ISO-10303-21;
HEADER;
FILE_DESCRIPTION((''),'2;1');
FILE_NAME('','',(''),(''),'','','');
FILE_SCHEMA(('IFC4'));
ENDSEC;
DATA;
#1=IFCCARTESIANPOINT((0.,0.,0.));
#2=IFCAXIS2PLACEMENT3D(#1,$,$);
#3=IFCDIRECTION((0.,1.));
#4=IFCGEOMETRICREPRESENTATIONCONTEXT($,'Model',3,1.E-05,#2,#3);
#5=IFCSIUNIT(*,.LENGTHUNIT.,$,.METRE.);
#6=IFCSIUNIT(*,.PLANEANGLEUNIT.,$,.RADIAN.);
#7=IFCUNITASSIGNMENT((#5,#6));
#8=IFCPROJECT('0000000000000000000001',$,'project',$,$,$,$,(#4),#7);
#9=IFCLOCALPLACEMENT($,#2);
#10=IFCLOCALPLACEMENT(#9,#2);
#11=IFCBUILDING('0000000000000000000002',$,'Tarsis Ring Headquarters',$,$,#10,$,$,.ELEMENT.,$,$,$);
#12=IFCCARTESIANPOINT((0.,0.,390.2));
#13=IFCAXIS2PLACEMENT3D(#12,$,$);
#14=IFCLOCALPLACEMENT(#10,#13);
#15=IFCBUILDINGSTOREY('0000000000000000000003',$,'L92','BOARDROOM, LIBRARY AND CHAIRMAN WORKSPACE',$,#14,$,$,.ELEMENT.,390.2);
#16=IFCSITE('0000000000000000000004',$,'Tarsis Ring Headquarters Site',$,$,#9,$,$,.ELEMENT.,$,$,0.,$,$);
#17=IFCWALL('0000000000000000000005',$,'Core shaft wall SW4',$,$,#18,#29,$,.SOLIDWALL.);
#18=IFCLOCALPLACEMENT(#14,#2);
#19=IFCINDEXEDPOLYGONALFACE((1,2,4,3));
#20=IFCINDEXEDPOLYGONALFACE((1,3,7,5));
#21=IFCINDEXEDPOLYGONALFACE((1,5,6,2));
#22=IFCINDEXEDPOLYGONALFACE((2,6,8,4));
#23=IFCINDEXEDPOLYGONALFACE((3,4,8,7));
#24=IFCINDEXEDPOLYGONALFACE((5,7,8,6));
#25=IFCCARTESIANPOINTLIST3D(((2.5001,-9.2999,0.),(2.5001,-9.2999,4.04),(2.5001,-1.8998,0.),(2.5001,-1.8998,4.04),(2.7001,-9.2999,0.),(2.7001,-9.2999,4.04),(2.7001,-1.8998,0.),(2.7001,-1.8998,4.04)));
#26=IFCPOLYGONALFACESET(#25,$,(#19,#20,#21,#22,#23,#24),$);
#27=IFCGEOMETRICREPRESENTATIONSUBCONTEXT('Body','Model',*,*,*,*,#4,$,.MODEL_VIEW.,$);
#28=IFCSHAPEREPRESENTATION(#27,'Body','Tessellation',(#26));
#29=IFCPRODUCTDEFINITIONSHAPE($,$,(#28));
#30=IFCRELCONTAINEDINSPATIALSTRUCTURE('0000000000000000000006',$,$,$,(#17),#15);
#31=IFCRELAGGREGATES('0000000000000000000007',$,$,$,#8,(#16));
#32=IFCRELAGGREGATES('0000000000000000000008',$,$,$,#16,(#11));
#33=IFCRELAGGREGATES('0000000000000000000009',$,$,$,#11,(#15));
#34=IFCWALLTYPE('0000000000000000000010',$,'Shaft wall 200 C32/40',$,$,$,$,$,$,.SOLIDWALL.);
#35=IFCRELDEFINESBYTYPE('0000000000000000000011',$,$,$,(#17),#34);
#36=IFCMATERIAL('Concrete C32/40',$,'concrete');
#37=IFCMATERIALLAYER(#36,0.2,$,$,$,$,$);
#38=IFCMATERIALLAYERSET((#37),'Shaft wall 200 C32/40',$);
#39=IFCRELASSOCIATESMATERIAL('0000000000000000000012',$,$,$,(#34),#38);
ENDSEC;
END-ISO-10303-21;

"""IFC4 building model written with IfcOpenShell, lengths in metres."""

from ifc_helpers import new_model, si_unit, direction, frame, frame_2d, origin, place, context, subcontext, project, spatial, rectangle, extrude, material, layer, layer_set, type_object, element, save


model = new_model("IFC4")

# Units and contexts
model_context = context("Model", 3, precision=1e-05, world=origin(), true_north=direction((0.0, 1.0)))
body_context = subcontext(model_context, "Body", "Model", "MODEL_VIEW")
ifc_project = project(units=[si_unit("LENGTHUNIT", "METRE"), si_unit("PLANEANGLEUNIT", "RADIAN")], contexts=[model_context])

# Site, building, storey
site_placement = place(None, origin())
site = spatial("IfcSite", under=ifc_project, at=site_placement, Name="Tarsis Ring Headquarters Site", CompositionType="ELEMENT", RefElevation=0.0)
building_placement = place(site_placement, origin())
building = spatial("IfcBuilding", under=site, at=building_placement, Name="Tarsis Ring Headquarters", CompositionType="ELEMENT")
storey_placement = place(building_placement, frame((0.0, 0.0, 390.2)))
storey = spatial("IfcBuildingStorey", under=building, at=storey_placement, Name="L92", Description="BOARDROOM, LIBRARY AND CHAIRMAN WORKSPACE", CompositionType="ELEMENT", Elevation=390.2)

# Shared definitions
ifc_material_1 = material(Name="Concrete C32/40", Category="concrete")
ifc_layer_1 = layer(ifc_material_1, 0.2)
ifc_layer_set_1 = layer_set([ifc_layer_1], Name="Shaft wall 200 C32/40")
wall_type_1 = type_object("IfcWallType", Name="Shaft wall 200 C32/40", PredefinedType="SOLIDWALL", material=ifc_layer_set_1)

# Wall
for number, where, z_axis, x_axis, name in (
    (1, (2.6001, -9.3, 0.0), (0.0, 0.0, 1.0), (0.0, 1.0, 0.0), "Core shaft wall SW4"),
):
    element("IfcWall", number, at=place(storey_placement, frame(where, z_axis=z_axis, x_axis=x_axis)), inside=storey, type_object=wall_type_1, Name=name, PredefinedType="SOLIDWALL", context=body_context, shape_type="SweptSolid", body=[
        extrude(rectangle(XDim=7.4001, YDim=0.2, at=frame_2d((3.7002, 0.0))), origin(), (0.0, 0.0, 1.0), 4.04),
    ])

save(model, "model.ifc")
